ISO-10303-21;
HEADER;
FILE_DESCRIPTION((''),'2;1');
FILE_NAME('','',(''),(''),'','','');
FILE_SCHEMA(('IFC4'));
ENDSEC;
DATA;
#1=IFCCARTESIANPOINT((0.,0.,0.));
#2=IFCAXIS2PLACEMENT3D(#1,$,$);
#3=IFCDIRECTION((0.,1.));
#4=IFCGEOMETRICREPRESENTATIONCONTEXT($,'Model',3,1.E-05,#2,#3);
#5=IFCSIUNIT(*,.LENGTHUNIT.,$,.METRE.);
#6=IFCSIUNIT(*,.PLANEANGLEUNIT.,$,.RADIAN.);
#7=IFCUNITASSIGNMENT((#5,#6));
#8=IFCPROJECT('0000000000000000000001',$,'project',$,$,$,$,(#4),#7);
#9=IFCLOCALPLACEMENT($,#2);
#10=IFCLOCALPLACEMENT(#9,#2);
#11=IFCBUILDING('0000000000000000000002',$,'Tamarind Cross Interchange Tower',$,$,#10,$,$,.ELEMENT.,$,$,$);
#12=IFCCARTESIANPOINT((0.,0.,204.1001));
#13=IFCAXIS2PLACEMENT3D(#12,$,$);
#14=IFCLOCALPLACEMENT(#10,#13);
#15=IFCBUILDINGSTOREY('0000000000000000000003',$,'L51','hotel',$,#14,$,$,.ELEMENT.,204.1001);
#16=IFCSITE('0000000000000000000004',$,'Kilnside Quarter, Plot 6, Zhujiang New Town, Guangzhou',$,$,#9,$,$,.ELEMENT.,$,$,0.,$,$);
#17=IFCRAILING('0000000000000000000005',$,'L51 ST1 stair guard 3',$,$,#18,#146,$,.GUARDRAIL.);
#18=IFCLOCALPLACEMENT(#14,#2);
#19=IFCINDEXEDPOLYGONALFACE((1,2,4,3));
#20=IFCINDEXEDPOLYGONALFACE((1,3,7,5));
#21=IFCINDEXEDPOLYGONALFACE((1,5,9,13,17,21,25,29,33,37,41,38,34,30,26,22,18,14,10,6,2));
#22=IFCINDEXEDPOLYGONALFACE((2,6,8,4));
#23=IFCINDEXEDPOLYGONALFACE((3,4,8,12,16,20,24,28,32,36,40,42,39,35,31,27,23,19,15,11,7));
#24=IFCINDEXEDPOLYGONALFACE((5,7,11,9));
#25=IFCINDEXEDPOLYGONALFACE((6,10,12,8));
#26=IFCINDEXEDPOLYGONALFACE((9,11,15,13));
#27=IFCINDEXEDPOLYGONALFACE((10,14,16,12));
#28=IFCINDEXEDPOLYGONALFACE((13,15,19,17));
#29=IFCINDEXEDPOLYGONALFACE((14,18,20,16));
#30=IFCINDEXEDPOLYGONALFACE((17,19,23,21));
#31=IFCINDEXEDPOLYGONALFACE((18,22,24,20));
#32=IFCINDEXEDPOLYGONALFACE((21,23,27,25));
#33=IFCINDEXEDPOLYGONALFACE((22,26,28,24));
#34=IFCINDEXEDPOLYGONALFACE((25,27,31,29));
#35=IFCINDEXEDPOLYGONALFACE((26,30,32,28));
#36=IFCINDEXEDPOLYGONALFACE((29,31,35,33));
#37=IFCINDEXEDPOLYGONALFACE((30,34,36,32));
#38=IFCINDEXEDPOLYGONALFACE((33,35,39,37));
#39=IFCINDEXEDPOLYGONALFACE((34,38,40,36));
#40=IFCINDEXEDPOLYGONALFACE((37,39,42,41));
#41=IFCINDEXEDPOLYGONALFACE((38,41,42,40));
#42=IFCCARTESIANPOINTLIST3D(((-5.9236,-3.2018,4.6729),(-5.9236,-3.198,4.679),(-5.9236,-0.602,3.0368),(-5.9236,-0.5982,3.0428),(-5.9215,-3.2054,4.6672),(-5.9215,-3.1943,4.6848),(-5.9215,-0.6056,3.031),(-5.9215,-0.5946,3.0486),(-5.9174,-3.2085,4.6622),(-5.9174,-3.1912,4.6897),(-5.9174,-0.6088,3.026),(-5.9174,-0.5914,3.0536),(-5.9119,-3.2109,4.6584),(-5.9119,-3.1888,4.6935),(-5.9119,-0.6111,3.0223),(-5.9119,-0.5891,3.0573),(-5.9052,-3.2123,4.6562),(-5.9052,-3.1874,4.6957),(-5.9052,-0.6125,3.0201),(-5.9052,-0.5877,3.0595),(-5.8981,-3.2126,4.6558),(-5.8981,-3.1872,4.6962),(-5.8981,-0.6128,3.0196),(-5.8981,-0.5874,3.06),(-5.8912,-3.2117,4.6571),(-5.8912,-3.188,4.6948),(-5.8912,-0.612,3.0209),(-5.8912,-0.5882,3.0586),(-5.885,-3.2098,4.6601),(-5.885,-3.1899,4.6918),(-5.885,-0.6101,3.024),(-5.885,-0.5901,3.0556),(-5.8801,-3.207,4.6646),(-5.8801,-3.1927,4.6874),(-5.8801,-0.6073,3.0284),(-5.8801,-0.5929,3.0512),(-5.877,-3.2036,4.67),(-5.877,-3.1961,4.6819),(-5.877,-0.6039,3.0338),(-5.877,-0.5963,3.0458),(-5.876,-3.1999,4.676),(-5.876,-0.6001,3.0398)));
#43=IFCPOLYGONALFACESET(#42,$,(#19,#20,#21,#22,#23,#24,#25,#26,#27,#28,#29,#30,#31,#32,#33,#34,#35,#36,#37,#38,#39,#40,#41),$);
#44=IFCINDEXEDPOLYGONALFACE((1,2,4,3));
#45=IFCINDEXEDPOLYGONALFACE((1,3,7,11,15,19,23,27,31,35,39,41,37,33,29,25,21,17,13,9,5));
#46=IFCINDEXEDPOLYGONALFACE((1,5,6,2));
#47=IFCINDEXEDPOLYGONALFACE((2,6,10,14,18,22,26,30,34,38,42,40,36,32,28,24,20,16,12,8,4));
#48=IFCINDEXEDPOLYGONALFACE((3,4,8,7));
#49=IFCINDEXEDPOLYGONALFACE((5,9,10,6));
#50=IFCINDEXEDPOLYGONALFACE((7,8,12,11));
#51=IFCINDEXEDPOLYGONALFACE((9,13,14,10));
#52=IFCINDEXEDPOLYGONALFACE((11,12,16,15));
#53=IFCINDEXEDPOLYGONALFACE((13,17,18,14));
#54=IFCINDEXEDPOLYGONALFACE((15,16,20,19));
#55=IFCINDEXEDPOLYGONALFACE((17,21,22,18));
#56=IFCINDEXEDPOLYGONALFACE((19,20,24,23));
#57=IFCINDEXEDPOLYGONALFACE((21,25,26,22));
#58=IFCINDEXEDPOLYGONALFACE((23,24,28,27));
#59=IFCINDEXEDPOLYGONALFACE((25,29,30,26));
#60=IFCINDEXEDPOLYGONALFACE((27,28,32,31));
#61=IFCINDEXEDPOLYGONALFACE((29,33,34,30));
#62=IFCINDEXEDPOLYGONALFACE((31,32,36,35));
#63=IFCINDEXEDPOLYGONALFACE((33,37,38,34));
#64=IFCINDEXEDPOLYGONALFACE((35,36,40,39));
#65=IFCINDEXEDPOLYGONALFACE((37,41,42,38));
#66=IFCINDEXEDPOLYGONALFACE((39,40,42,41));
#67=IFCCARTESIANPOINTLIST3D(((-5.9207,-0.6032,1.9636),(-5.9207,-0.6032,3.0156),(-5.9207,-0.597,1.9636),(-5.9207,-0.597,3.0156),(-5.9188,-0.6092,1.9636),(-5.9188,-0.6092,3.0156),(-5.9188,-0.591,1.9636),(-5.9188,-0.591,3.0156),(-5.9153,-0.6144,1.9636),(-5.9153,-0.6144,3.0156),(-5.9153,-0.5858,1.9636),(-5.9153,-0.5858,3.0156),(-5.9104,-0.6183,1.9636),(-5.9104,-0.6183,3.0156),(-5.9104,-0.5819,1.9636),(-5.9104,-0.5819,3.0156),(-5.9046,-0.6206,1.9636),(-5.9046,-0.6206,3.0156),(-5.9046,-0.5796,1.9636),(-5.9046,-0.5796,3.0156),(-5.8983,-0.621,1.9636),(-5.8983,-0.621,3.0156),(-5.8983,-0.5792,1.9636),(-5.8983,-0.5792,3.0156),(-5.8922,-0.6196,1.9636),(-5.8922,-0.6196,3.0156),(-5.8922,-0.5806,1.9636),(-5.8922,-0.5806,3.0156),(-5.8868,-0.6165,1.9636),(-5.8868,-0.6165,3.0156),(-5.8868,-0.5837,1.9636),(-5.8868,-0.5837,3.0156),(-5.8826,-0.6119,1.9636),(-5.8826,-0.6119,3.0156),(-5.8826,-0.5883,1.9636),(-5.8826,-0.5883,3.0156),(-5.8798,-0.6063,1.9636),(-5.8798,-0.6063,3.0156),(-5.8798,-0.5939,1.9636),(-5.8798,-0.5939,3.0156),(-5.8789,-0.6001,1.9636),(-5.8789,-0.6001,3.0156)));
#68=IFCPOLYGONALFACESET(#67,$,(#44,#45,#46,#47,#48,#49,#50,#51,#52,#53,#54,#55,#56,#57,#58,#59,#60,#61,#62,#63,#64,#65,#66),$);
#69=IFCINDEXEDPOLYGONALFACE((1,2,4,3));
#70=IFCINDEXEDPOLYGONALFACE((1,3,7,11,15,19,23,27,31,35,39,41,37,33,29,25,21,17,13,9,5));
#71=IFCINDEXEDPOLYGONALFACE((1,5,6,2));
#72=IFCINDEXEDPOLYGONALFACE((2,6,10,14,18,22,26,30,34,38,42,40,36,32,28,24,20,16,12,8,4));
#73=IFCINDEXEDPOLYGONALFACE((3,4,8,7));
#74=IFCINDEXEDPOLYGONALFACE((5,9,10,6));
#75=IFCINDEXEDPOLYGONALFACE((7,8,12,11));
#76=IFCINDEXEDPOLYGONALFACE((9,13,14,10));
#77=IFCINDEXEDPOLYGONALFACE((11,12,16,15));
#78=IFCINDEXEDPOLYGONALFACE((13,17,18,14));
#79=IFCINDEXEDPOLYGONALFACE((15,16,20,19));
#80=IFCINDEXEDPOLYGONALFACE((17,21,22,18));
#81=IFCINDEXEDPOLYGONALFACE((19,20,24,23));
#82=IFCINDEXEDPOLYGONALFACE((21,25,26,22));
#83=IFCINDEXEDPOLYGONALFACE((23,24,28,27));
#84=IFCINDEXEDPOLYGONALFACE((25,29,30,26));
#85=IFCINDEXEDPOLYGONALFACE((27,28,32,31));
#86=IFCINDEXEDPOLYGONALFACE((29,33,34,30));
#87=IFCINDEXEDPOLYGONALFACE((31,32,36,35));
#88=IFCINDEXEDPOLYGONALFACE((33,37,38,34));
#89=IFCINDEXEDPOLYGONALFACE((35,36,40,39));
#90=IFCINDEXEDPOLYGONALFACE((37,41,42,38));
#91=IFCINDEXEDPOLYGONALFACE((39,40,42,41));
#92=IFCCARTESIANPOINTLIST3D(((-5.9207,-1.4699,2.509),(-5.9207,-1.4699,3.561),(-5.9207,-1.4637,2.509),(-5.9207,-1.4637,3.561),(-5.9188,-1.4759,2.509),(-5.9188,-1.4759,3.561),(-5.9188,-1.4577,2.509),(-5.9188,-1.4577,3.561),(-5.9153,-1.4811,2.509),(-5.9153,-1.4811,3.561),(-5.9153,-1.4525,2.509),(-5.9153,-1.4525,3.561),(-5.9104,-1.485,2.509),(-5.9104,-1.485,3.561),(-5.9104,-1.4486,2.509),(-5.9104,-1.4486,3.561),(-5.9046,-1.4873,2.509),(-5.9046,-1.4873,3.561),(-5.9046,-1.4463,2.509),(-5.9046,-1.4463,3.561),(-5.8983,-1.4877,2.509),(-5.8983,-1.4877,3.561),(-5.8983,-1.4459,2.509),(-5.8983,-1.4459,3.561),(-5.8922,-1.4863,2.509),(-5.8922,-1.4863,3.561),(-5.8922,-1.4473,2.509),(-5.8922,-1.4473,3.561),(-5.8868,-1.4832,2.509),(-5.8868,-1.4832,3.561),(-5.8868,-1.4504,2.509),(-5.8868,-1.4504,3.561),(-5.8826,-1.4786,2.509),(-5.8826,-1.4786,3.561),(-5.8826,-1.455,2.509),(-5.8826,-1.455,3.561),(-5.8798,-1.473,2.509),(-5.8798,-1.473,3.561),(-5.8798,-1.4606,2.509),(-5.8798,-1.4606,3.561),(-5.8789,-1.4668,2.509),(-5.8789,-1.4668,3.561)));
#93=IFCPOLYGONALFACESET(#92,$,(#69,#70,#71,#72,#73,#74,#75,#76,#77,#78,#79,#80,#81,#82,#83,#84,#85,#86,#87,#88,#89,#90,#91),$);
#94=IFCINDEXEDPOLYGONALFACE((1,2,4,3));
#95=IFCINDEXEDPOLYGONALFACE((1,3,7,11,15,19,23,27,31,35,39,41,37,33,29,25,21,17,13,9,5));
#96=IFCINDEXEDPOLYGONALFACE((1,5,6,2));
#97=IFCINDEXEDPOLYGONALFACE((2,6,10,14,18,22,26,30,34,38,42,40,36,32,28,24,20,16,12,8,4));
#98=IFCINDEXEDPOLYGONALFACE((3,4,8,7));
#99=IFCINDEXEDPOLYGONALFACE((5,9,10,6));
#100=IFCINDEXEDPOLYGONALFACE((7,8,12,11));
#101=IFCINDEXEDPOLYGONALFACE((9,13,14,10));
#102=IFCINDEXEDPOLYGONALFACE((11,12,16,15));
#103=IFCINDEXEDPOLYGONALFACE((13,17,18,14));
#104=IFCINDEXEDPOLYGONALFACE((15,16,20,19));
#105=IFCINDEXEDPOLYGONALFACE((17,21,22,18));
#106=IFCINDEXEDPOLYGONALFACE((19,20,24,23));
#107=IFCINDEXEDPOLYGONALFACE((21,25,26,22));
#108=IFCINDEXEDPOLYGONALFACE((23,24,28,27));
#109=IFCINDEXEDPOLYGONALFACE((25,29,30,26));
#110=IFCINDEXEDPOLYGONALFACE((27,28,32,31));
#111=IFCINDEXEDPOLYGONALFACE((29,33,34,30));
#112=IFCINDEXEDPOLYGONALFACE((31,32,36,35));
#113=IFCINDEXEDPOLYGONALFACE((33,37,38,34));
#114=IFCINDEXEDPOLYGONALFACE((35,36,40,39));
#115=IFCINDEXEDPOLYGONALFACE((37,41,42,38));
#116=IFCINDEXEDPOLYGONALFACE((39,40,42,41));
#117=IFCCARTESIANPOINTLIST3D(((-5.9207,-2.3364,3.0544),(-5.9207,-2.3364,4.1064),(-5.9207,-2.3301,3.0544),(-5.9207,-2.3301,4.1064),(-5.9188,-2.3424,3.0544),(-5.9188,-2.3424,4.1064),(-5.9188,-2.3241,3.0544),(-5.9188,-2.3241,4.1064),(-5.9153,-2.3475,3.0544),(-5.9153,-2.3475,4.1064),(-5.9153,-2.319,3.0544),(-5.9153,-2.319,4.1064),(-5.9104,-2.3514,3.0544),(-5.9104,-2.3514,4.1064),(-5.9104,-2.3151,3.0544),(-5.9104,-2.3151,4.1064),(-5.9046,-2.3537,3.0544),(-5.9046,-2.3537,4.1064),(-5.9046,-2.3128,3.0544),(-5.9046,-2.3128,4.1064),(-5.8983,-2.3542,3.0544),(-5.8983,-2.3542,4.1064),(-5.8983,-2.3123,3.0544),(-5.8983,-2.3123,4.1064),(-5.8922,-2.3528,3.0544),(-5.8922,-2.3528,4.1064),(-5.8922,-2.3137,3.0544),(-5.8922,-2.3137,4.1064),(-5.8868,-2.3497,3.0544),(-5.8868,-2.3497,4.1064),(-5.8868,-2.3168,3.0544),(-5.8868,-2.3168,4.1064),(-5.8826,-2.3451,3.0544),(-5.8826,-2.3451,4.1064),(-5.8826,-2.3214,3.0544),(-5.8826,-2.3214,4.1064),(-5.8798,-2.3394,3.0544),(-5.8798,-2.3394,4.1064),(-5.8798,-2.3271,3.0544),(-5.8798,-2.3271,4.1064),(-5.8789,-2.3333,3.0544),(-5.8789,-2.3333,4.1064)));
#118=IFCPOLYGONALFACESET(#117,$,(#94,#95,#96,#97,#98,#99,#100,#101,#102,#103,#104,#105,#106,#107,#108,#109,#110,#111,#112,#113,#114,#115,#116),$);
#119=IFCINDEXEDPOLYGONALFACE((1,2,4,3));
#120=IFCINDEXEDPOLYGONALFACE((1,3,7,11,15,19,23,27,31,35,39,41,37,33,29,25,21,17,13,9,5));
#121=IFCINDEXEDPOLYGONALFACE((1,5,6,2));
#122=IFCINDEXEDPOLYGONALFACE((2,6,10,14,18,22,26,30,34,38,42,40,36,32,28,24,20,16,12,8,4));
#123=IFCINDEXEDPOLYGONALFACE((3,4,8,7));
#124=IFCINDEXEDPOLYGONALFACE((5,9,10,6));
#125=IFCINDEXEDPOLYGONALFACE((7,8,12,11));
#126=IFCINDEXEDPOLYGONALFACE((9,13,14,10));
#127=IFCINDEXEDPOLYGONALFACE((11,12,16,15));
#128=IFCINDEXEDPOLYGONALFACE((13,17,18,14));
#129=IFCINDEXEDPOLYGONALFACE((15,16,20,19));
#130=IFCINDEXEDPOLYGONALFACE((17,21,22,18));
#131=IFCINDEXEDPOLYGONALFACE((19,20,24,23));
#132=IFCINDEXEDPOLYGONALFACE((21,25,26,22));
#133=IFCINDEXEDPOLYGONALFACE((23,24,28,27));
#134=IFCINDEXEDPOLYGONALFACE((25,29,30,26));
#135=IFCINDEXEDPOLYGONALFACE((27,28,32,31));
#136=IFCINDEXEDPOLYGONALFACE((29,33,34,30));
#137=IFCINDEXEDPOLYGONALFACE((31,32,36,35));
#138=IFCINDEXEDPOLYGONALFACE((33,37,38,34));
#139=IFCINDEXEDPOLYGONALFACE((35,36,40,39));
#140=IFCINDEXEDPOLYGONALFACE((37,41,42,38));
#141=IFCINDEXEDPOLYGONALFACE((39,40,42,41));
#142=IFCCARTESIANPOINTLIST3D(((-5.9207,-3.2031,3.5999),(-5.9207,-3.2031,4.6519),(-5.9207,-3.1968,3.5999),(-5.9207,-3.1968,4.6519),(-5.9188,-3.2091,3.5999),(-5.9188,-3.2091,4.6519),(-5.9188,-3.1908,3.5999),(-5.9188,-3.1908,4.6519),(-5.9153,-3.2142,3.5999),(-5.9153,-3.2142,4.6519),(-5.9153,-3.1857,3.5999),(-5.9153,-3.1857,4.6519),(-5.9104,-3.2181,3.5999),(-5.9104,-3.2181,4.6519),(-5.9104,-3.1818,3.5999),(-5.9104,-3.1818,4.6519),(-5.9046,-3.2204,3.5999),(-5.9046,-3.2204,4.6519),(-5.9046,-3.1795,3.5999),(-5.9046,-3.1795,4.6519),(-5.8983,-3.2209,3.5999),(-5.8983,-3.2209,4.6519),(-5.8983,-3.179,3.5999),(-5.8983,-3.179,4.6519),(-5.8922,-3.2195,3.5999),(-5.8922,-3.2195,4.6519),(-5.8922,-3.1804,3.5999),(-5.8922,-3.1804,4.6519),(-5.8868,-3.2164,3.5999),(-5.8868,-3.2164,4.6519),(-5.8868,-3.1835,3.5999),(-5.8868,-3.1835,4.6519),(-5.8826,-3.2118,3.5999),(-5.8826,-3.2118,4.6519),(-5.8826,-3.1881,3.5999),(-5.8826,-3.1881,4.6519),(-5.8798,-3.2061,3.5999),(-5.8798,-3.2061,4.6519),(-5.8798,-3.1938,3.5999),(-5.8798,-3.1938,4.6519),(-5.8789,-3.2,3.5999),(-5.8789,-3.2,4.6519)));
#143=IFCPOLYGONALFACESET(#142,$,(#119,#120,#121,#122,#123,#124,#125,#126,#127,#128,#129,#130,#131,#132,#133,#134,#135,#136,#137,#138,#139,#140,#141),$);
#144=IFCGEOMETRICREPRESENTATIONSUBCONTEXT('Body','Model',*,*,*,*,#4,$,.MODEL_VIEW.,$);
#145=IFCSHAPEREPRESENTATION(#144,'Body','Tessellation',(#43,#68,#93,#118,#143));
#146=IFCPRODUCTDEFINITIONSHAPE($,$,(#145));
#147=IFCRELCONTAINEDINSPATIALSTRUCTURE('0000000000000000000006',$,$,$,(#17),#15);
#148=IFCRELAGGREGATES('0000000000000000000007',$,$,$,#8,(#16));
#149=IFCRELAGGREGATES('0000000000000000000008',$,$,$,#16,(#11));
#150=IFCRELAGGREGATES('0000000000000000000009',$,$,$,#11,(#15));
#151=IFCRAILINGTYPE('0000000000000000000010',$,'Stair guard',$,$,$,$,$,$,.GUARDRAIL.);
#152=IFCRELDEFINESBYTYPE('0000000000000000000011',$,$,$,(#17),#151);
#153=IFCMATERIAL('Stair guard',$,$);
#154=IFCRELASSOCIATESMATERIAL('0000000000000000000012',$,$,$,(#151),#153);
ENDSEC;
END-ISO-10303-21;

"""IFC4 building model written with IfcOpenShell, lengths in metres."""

from ifc_helpers import new_model, si_unit, direction, frame, origin, origin_2d, place, context, subcontext, project, spatial, circle, extrude, material, type_object, element, save


model = new_model("IFC4")

# Units and contexts
model_context = context("Model", 3, precision=1e-05, world=origin(), true_north=direction((0.0, 1.0)))
body_context = subcontext(model_context, "Body", "Model", "MODEL_VIEW")
ifc_project = project(units=[si_unit("LENGTHUNIT", "METRE"), si_unit("PLANEANGLEUNIT", "RADIAN")], contexts=[model_context])

# Site, building, storey
site_placement = place(None, origin())
site = spatial("IfcSite", under=ifc_project, at=site_placement, Name="Kilnside Quarter, Plot 6, Zhujiang New Town, Guangzhou", CompositionType="ELEMENT", RefElevation=0.0)
building_placement = place(site_placement, origin())
building = spatial("IfcBuilding", under=site, at=building_placement, Name="Tamarind Cross Interchange Tower", CompositionType="ELEMENT")
storey_placement = place(building_placement, frame((0.0, 0.0, 204.1001)))
storey = spatial("IfcBuildingStorey", under=building, at=storey_placement, Name="L51", Description="hotel", CompositionType="ELEMENT", Elevation=204.1001)

# Railing
ifc_material_1 = material(Name="Stair guard")
railing_type_1 = type_object("IfcRailingType", Name="Stair guard", PredefinedType="GUARDRAIL", material=ifc_material_1)
railing_1_placement = place(storey_placement, frame((-5.8999, -0.6001, 1.9636)))
element("IfcRailing", 1, at=railing_1_placement, inside=storey, type_object=railing_type_1, Name="L51 ST1 stair guard 3", PredefinedType="GUARDRAIL", context=body_context, shape_type="SweptSolid", body=[
    extrude(circle(Radius=0.0239, at=origin_2d()), frame((0.0, 0.0, 1.0762), z_axis=(0.0, -0.846338, 0.532647), x_axis=(1.0, 0.0, 0.0)), (0.0, 0.0, 1.0), 3.0718),
    extrude(circle(Radius=0.021, at=origin_2d()), origin(), (0.0, 0.0, 1.0), 1.052),
    extrude(circle(Radius=0.021, at=origin_2d()), frame((0.0, -0.8667, 0.5454)), (0.0, 0.0, 1.0), 1.052),
    extrude(circle(Radius=0.021, at=origin_2d()), frame((0.0, -1.7332, 1.0908)), (0.0, 0.0, 1.0), 1.052),
    extrude(circle(Radius=0.021, at=origin_2d()), frame((0.0, -2.5999, 1.6362)), (0.0, 0.0, 1.0), 1.052),
])

save(model, "model.ifc")
